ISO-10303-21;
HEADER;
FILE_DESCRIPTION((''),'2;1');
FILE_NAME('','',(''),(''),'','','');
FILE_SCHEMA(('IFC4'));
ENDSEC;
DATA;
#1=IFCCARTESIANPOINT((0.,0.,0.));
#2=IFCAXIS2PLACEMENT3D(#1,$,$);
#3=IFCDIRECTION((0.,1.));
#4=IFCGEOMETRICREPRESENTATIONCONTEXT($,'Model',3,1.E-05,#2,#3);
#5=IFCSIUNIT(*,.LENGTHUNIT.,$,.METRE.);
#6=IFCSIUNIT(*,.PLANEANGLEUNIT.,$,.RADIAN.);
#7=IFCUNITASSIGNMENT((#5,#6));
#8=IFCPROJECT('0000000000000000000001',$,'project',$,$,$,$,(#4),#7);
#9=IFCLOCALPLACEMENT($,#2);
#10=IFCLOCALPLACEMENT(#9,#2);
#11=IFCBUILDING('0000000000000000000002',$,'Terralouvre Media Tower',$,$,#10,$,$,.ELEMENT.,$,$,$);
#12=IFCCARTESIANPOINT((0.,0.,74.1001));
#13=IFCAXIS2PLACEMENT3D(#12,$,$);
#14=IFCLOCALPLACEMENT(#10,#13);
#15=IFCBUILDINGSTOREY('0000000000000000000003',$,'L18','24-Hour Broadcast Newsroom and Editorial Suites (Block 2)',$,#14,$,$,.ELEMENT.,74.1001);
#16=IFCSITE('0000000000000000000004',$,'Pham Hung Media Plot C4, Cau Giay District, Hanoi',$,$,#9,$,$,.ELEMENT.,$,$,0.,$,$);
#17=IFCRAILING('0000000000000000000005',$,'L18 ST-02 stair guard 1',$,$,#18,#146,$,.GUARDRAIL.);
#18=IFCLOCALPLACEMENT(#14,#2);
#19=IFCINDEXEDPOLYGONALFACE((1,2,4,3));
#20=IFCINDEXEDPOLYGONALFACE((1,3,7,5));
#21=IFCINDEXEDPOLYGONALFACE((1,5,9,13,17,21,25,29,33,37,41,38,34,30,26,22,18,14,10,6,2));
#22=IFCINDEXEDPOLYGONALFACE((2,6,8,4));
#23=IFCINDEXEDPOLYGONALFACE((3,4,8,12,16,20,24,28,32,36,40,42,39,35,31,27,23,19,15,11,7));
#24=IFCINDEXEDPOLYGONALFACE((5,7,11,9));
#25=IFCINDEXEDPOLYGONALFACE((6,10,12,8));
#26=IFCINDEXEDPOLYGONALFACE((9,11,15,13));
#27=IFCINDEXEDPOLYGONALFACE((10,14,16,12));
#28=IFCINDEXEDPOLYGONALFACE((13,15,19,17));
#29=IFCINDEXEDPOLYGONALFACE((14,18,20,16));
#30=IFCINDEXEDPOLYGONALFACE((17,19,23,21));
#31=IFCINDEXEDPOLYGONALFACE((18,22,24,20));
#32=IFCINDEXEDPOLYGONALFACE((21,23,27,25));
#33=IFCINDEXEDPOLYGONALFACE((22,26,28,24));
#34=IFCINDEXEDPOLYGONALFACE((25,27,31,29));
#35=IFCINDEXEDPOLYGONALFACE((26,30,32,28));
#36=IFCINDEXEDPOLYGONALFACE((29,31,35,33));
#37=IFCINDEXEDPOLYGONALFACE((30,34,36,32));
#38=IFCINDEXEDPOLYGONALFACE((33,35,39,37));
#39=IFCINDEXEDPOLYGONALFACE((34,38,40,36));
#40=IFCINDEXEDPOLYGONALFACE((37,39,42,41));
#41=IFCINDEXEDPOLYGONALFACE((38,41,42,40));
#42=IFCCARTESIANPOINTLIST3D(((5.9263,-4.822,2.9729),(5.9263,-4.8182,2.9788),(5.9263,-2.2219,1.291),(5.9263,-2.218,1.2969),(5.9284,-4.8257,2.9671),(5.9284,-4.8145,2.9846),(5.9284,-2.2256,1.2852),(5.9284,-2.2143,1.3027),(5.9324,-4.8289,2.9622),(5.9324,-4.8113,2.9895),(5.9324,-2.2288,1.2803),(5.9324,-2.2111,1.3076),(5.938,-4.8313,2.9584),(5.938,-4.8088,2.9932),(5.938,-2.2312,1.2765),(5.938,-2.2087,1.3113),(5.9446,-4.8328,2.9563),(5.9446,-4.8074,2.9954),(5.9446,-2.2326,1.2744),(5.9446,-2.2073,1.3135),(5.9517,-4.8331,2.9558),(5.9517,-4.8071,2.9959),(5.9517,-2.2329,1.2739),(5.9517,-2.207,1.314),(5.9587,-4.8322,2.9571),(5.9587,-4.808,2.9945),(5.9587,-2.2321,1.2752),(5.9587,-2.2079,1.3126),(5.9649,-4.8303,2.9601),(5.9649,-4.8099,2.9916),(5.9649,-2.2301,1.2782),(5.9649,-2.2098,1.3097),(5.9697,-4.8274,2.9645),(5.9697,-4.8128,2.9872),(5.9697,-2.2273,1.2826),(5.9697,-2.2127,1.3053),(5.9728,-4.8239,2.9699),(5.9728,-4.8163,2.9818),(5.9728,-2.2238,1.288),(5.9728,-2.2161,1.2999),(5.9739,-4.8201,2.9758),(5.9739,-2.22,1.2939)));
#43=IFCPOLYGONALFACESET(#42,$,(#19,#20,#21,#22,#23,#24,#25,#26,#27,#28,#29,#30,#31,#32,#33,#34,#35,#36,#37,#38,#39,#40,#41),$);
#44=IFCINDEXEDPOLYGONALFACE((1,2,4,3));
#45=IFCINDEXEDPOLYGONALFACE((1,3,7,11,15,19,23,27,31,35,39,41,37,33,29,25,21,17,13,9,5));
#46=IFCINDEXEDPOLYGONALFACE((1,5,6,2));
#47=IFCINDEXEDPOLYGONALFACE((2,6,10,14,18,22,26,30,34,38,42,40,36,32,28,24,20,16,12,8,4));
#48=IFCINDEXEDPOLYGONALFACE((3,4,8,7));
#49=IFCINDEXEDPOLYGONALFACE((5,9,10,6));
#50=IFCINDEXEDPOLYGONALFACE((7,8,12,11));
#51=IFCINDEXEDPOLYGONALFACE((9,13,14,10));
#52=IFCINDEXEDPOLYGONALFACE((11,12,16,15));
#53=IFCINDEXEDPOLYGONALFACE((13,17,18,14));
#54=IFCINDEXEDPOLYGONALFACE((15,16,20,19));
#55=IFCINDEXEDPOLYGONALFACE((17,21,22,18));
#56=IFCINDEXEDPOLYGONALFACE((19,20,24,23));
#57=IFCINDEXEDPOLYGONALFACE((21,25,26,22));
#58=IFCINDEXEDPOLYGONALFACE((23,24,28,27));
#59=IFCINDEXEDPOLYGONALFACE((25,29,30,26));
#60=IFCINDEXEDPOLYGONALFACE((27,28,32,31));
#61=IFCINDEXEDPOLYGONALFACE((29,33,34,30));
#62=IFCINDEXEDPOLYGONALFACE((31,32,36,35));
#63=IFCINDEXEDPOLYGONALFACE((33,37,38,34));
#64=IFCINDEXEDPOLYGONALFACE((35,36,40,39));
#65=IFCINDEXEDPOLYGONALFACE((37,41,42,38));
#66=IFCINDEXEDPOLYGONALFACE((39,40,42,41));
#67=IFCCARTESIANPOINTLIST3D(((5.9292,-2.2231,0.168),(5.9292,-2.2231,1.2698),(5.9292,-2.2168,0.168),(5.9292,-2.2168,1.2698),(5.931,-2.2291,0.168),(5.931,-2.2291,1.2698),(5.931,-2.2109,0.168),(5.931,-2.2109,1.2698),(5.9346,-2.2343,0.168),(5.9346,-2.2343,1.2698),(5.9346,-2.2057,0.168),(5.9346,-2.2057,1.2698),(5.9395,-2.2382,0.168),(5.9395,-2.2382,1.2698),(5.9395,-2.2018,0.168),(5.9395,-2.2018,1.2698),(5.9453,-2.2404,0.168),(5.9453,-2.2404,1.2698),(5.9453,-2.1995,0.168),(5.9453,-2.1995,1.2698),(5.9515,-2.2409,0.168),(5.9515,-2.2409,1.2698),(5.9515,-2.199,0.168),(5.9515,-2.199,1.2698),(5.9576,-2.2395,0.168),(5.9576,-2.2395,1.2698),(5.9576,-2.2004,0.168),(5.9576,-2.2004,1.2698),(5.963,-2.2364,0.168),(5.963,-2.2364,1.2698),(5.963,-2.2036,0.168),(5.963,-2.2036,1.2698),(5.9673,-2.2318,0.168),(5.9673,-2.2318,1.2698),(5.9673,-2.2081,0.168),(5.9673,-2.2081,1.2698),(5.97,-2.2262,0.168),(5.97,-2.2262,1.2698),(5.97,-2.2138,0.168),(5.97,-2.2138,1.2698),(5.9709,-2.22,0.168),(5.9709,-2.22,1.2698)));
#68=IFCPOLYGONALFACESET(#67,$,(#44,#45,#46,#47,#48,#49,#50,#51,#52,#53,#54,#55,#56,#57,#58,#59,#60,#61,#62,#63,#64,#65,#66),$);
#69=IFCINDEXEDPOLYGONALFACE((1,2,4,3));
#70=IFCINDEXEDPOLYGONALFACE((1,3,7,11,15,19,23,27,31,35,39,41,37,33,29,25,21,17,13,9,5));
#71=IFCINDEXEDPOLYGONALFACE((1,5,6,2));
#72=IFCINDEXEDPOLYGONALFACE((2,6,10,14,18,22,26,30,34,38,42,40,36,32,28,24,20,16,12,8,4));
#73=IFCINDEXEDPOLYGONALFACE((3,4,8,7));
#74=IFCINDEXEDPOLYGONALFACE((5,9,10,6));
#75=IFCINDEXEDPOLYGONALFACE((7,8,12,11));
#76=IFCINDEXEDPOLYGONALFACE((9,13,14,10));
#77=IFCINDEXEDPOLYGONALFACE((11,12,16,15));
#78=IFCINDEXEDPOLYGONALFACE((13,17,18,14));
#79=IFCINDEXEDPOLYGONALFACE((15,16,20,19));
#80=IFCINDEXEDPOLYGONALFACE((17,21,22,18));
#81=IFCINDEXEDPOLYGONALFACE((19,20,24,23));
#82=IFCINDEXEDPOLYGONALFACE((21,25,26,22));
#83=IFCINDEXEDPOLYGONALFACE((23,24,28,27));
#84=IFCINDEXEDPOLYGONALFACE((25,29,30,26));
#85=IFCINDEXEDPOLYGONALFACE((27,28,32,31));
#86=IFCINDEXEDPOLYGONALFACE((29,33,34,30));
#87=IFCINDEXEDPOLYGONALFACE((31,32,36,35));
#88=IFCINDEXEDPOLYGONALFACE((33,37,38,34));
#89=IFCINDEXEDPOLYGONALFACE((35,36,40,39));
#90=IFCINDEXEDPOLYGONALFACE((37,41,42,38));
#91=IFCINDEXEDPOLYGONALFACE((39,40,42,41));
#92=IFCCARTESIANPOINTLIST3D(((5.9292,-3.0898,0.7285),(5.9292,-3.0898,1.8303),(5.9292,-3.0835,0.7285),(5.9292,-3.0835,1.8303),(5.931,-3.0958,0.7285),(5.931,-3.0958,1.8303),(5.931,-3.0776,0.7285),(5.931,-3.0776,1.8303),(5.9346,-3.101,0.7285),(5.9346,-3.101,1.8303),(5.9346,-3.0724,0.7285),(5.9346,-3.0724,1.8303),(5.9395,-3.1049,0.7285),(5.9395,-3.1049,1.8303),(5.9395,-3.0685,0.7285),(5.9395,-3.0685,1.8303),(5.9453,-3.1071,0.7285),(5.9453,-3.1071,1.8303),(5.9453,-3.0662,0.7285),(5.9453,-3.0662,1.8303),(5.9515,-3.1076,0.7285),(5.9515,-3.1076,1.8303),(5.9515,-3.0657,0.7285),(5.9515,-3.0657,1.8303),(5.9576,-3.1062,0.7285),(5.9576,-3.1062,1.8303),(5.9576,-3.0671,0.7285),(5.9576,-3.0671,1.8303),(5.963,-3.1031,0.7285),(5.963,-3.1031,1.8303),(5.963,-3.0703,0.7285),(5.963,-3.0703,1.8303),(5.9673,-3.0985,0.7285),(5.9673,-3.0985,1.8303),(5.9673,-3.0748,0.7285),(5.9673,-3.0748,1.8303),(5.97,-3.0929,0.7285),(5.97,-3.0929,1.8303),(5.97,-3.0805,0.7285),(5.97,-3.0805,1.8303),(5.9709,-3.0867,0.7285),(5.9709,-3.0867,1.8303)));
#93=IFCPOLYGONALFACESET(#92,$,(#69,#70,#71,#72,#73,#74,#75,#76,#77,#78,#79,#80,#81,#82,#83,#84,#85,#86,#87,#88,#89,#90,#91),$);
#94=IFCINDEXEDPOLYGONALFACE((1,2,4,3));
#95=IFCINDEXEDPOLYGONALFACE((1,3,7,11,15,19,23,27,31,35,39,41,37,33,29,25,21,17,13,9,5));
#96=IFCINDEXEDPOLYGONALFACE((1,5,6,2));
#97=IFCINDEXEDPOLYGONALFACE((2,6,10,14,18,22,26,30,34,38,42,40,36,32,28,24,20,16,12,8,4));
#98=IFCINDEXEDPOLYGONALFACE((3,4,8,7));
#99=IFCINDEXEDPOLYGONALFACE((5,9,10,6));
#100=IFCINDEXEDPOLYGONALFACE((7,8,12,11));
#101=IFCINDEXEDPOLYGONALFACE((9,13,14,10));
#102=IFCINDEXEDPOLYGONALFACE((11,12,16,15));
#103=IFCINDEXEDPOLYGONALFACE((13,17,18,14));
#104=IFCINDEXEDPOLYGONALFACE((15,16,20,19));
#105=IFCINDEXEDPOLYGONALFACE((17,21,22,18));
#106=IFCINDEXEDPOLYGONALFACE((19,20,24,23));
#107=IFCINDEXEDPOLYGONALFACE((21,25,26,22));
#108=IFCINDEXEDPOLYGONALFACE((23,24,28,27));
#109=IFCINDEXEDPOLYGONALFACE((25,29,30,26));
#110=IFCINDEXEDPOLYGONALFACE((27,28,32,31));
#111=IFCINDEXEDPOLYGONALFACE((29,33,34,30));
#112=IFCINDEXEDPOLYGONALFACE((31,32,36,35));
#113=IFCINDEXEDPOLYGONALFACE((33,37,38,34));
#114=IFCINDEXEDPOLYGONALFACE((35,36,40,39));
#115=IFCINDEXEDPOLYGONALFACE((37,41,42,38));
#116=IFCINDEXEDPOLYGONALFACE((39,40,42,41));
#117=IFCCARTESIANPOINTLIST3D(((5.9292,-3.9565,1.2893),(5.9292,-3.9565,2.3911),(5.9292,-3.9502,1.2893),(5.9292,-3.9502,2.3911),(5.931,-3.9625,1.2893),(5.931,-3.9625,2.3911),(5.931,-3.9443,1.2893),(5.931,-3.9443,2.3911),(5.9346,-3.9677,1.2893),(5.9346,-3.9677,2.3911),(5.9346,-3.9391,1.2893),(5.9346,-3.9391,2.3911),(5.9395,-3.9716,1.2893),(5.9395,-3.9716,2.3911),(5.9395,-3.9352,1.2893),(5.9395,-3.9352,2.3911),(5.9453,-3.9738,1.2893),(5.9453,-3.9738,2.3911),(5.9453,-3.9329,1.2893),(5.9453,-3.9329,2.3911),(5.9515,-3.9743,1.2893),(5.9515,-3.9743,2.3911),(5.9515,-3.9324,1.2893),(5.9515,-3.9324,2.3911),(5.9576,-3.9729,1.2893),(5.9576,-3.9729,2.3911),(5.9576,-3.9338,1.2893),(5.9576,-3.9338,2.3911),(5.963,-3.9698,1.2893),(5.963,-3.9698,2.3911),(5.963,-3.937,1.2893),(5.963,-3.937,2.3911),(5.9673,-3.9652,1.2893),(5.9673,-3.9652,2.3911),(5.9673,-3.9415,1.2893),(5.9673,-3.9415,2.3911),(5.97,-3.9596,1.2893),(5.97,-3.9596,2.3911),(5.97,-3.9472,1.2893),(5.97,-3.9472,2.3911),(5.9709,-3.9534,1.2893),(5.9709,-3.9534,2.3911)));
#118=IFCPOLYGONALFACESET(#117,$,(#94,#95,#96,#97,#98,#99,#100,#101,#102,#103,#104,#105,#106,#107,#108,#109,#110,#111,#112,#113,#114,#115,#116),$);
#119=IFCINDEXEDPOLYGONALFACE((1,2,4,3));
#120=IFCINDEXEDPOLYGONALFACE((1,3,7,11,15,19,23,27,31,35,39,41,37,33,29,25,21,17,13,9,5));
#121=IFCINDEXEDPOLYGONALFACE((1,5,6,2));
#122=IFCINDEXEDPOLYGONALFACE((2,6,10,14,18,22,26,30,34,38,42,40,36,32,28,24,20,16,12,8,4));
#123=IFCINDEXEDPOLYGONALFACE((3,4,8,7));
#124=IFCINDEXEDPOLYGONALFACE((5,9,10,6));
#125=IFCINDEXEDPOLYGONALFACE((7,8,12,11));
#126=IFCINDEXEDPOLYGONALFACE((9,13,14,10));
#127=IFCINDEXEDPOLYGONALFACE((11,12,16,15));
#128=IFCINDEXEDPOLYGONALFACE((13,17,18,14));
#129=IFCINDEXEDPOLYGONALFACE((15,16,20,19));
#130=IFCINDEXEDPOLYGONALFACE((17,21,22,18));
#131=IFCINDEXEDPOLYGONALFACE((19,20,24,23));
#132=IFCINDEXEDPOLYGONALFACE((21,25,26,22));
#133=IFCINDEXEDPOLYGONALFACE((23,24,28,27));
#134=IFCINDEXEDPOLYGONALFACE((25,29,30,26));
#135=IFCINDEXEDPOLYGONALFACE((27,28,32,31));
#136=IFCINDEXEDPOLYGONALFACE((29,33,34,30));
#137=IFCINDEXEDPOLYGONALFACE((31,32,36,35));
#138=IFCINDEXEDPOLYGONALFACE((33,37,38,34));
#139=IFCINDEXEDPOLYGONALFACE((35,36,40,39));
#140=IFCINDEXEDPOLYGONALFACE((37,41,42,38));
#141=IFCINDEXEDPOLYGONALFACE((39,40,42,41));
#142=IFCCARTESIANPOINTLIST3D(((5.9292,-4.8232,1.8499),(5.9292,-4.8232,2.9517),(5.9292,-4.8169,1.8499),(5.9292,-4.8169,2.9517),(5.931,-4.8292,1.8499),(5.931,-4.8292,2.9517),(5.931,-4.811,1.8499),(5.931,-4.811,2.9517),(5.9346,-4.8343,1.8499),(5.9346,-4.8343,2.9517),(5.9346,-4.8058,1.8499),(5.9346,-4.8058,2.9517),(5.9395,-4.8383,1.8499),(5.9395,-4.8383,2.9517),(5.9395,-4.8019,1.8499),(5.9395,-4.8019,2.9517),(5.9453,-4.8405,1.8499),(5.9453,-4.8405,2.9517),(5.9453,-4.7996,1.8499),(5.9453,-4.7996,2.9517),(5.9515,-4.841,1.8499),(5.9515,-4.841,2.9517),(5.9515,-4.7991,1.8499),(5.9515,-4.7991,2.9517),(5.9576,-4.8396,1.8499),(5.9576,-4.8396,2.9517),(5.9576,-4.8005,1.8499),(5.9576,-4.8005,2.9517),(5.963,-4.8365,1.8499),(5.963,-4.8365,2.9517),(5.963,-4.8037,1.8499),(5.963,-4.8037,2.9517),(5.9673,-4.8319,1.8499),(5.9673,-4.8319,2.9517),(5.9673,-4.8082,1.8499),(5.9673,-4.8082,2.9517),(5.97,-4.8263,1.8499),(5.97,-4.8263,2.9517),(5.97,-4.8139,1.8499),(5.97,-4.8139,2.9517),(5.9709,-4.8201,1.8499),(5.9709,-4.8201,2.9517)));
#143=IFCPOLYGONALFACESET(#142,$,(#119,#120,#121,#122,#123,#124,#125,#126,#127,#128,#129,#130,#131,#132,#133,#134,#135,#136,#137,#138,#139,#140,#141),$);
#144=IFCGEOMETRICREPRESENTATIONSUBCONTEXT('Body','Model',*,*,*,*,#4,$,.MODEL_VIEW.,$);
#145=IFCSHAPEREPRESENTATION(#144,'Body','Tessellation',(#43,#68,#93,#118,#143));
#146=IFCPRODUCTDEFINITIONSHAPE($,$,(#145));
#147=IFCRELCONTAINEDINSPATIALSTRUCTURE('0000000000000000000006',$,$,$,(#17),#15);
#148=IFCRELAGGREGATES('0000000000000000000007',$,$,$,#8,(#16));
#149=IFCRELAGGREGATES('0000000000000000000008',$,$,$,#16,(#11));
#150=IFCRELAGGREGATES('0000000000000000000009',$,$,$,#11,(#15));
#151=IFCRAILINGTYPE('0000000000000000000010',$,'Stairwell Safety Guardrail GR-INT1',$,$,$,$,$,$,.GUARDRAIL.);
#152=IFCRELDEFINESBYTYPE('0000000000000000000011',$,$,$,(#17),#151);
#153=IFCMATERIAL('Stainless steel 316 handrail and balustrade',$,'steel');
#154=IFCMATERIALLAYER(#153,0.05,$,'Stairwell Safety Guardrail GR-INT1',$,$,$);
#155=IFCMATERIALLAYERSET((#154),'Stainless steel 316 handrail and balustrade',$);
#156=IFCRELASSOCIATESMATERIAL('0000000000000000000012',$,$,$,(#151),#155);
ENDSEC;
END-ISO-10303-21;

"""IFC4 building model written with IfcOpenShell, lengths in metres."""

from ifc_helpers import new_model, si_unit, direction, frame, origin, origin_2d, place, context, subcontext, project, spatial, circle, extrude, material, layer, layer_set, type_object, element, save


model = new_model("IFC4")

# Units and contexts
model_context = context("Model", 3, precision=1e-05, world=origin(), true_north=direction((0.0, 1.0)))
body_context = subcontext(model_context, "Body", "Model", "MODEL_VIEW")
ifc_project = project(units=[si_unit("LENGTHUNIT", "METRE"), si_unit("PLANEANGLEUNIT", "RADIAN")], contexts=[model_context])

# Site, building, storey
site_placement = place(None, origin())
site = spatial("IfcSite", under=ifc_project, at=site_placement, Name="Pham Hung Media Plot C4, Cau Giay District, Hanoi", CompositionType="ELEMENT", RefElevation=0.0)
building_placement = place(site_placement, origin())
building = spatial("IfcBuilding", under=site, at=building_placement, Name="Terralouvre Media Tower", CompositionType="ELEMENT")
storey_placement = place(building_placement, frame((0.0, 0.0, 74.1001)))
storey = spatial("IfcBuildingStorey", under=building, at=storey_placement, Name="L18", Description="24-Hour Broadcast Newsroom and Editorial Suites (Block 2)", CompositionType="ELEMENT", Elevation=74.1001)

# Railing
ifc_material_1 = material(Name="Stainless steel 316 handrail and balustrade", Category="steel")
ifc_layer_1 = layer(ifc_material_1, 0.05, Name="Stairwell Safety Guardrail GR-INT1")
ifc_layer_set_1 = layer_set([ifc_layer_1], Name="Stainless steel 316 handrail and balustrade")
railing_type_1 = type_object("IfcRailingType", Name="Stairwell Safety Guardrail GR-INT1", PredefinedType="GUARDRAIL", material=ifc_layer_set_1)
railing_1_placement = place(storey_placement, frame((5.95, -2.22, 0.168)))
element("IfcRailing", 1, at=railing_1_placement, inside=storey, type_object=railing_type_1, Name="L18 ST-02 stair guard 1", PredefinedType="GUARDRAIL", context=body_context, shape_type="SweptSolid", body=[
    extrude(circle(Radius=0.0239, at=origin_2d()), frame((0.0, 0.0, 1.126), z_axis=(0.0, -0.839648, 0.54313), x_axis=(1.0, 0.0, 0.0)), (0.0, 0.0, 1.0), 3.0967),
    extrude(circle(Radius=0.021, at=origin_2d()), origin(), (0.0, 0.0, 1.0), 1.1018),
    extrude(circle(Radius=0.021, at=origin_2d()), frame((0.0, -0.8667, 0.5605)), (0.0, 0.0, 1.0), 1.1018),
    extrude(circle(Radius=0.021, at=origin_2d()), frame((0.0, -1.7334, 1.1213)), (0.0, 0.0, 1.0), 1.1018),
    extrude(circle(Radius=0.021, at=origin_2d()), frame((0.0, -2.6001, 1.6819)), (0.0, 0.0, 1.0), 1.1018),
])

save(model, "model.ifc")
